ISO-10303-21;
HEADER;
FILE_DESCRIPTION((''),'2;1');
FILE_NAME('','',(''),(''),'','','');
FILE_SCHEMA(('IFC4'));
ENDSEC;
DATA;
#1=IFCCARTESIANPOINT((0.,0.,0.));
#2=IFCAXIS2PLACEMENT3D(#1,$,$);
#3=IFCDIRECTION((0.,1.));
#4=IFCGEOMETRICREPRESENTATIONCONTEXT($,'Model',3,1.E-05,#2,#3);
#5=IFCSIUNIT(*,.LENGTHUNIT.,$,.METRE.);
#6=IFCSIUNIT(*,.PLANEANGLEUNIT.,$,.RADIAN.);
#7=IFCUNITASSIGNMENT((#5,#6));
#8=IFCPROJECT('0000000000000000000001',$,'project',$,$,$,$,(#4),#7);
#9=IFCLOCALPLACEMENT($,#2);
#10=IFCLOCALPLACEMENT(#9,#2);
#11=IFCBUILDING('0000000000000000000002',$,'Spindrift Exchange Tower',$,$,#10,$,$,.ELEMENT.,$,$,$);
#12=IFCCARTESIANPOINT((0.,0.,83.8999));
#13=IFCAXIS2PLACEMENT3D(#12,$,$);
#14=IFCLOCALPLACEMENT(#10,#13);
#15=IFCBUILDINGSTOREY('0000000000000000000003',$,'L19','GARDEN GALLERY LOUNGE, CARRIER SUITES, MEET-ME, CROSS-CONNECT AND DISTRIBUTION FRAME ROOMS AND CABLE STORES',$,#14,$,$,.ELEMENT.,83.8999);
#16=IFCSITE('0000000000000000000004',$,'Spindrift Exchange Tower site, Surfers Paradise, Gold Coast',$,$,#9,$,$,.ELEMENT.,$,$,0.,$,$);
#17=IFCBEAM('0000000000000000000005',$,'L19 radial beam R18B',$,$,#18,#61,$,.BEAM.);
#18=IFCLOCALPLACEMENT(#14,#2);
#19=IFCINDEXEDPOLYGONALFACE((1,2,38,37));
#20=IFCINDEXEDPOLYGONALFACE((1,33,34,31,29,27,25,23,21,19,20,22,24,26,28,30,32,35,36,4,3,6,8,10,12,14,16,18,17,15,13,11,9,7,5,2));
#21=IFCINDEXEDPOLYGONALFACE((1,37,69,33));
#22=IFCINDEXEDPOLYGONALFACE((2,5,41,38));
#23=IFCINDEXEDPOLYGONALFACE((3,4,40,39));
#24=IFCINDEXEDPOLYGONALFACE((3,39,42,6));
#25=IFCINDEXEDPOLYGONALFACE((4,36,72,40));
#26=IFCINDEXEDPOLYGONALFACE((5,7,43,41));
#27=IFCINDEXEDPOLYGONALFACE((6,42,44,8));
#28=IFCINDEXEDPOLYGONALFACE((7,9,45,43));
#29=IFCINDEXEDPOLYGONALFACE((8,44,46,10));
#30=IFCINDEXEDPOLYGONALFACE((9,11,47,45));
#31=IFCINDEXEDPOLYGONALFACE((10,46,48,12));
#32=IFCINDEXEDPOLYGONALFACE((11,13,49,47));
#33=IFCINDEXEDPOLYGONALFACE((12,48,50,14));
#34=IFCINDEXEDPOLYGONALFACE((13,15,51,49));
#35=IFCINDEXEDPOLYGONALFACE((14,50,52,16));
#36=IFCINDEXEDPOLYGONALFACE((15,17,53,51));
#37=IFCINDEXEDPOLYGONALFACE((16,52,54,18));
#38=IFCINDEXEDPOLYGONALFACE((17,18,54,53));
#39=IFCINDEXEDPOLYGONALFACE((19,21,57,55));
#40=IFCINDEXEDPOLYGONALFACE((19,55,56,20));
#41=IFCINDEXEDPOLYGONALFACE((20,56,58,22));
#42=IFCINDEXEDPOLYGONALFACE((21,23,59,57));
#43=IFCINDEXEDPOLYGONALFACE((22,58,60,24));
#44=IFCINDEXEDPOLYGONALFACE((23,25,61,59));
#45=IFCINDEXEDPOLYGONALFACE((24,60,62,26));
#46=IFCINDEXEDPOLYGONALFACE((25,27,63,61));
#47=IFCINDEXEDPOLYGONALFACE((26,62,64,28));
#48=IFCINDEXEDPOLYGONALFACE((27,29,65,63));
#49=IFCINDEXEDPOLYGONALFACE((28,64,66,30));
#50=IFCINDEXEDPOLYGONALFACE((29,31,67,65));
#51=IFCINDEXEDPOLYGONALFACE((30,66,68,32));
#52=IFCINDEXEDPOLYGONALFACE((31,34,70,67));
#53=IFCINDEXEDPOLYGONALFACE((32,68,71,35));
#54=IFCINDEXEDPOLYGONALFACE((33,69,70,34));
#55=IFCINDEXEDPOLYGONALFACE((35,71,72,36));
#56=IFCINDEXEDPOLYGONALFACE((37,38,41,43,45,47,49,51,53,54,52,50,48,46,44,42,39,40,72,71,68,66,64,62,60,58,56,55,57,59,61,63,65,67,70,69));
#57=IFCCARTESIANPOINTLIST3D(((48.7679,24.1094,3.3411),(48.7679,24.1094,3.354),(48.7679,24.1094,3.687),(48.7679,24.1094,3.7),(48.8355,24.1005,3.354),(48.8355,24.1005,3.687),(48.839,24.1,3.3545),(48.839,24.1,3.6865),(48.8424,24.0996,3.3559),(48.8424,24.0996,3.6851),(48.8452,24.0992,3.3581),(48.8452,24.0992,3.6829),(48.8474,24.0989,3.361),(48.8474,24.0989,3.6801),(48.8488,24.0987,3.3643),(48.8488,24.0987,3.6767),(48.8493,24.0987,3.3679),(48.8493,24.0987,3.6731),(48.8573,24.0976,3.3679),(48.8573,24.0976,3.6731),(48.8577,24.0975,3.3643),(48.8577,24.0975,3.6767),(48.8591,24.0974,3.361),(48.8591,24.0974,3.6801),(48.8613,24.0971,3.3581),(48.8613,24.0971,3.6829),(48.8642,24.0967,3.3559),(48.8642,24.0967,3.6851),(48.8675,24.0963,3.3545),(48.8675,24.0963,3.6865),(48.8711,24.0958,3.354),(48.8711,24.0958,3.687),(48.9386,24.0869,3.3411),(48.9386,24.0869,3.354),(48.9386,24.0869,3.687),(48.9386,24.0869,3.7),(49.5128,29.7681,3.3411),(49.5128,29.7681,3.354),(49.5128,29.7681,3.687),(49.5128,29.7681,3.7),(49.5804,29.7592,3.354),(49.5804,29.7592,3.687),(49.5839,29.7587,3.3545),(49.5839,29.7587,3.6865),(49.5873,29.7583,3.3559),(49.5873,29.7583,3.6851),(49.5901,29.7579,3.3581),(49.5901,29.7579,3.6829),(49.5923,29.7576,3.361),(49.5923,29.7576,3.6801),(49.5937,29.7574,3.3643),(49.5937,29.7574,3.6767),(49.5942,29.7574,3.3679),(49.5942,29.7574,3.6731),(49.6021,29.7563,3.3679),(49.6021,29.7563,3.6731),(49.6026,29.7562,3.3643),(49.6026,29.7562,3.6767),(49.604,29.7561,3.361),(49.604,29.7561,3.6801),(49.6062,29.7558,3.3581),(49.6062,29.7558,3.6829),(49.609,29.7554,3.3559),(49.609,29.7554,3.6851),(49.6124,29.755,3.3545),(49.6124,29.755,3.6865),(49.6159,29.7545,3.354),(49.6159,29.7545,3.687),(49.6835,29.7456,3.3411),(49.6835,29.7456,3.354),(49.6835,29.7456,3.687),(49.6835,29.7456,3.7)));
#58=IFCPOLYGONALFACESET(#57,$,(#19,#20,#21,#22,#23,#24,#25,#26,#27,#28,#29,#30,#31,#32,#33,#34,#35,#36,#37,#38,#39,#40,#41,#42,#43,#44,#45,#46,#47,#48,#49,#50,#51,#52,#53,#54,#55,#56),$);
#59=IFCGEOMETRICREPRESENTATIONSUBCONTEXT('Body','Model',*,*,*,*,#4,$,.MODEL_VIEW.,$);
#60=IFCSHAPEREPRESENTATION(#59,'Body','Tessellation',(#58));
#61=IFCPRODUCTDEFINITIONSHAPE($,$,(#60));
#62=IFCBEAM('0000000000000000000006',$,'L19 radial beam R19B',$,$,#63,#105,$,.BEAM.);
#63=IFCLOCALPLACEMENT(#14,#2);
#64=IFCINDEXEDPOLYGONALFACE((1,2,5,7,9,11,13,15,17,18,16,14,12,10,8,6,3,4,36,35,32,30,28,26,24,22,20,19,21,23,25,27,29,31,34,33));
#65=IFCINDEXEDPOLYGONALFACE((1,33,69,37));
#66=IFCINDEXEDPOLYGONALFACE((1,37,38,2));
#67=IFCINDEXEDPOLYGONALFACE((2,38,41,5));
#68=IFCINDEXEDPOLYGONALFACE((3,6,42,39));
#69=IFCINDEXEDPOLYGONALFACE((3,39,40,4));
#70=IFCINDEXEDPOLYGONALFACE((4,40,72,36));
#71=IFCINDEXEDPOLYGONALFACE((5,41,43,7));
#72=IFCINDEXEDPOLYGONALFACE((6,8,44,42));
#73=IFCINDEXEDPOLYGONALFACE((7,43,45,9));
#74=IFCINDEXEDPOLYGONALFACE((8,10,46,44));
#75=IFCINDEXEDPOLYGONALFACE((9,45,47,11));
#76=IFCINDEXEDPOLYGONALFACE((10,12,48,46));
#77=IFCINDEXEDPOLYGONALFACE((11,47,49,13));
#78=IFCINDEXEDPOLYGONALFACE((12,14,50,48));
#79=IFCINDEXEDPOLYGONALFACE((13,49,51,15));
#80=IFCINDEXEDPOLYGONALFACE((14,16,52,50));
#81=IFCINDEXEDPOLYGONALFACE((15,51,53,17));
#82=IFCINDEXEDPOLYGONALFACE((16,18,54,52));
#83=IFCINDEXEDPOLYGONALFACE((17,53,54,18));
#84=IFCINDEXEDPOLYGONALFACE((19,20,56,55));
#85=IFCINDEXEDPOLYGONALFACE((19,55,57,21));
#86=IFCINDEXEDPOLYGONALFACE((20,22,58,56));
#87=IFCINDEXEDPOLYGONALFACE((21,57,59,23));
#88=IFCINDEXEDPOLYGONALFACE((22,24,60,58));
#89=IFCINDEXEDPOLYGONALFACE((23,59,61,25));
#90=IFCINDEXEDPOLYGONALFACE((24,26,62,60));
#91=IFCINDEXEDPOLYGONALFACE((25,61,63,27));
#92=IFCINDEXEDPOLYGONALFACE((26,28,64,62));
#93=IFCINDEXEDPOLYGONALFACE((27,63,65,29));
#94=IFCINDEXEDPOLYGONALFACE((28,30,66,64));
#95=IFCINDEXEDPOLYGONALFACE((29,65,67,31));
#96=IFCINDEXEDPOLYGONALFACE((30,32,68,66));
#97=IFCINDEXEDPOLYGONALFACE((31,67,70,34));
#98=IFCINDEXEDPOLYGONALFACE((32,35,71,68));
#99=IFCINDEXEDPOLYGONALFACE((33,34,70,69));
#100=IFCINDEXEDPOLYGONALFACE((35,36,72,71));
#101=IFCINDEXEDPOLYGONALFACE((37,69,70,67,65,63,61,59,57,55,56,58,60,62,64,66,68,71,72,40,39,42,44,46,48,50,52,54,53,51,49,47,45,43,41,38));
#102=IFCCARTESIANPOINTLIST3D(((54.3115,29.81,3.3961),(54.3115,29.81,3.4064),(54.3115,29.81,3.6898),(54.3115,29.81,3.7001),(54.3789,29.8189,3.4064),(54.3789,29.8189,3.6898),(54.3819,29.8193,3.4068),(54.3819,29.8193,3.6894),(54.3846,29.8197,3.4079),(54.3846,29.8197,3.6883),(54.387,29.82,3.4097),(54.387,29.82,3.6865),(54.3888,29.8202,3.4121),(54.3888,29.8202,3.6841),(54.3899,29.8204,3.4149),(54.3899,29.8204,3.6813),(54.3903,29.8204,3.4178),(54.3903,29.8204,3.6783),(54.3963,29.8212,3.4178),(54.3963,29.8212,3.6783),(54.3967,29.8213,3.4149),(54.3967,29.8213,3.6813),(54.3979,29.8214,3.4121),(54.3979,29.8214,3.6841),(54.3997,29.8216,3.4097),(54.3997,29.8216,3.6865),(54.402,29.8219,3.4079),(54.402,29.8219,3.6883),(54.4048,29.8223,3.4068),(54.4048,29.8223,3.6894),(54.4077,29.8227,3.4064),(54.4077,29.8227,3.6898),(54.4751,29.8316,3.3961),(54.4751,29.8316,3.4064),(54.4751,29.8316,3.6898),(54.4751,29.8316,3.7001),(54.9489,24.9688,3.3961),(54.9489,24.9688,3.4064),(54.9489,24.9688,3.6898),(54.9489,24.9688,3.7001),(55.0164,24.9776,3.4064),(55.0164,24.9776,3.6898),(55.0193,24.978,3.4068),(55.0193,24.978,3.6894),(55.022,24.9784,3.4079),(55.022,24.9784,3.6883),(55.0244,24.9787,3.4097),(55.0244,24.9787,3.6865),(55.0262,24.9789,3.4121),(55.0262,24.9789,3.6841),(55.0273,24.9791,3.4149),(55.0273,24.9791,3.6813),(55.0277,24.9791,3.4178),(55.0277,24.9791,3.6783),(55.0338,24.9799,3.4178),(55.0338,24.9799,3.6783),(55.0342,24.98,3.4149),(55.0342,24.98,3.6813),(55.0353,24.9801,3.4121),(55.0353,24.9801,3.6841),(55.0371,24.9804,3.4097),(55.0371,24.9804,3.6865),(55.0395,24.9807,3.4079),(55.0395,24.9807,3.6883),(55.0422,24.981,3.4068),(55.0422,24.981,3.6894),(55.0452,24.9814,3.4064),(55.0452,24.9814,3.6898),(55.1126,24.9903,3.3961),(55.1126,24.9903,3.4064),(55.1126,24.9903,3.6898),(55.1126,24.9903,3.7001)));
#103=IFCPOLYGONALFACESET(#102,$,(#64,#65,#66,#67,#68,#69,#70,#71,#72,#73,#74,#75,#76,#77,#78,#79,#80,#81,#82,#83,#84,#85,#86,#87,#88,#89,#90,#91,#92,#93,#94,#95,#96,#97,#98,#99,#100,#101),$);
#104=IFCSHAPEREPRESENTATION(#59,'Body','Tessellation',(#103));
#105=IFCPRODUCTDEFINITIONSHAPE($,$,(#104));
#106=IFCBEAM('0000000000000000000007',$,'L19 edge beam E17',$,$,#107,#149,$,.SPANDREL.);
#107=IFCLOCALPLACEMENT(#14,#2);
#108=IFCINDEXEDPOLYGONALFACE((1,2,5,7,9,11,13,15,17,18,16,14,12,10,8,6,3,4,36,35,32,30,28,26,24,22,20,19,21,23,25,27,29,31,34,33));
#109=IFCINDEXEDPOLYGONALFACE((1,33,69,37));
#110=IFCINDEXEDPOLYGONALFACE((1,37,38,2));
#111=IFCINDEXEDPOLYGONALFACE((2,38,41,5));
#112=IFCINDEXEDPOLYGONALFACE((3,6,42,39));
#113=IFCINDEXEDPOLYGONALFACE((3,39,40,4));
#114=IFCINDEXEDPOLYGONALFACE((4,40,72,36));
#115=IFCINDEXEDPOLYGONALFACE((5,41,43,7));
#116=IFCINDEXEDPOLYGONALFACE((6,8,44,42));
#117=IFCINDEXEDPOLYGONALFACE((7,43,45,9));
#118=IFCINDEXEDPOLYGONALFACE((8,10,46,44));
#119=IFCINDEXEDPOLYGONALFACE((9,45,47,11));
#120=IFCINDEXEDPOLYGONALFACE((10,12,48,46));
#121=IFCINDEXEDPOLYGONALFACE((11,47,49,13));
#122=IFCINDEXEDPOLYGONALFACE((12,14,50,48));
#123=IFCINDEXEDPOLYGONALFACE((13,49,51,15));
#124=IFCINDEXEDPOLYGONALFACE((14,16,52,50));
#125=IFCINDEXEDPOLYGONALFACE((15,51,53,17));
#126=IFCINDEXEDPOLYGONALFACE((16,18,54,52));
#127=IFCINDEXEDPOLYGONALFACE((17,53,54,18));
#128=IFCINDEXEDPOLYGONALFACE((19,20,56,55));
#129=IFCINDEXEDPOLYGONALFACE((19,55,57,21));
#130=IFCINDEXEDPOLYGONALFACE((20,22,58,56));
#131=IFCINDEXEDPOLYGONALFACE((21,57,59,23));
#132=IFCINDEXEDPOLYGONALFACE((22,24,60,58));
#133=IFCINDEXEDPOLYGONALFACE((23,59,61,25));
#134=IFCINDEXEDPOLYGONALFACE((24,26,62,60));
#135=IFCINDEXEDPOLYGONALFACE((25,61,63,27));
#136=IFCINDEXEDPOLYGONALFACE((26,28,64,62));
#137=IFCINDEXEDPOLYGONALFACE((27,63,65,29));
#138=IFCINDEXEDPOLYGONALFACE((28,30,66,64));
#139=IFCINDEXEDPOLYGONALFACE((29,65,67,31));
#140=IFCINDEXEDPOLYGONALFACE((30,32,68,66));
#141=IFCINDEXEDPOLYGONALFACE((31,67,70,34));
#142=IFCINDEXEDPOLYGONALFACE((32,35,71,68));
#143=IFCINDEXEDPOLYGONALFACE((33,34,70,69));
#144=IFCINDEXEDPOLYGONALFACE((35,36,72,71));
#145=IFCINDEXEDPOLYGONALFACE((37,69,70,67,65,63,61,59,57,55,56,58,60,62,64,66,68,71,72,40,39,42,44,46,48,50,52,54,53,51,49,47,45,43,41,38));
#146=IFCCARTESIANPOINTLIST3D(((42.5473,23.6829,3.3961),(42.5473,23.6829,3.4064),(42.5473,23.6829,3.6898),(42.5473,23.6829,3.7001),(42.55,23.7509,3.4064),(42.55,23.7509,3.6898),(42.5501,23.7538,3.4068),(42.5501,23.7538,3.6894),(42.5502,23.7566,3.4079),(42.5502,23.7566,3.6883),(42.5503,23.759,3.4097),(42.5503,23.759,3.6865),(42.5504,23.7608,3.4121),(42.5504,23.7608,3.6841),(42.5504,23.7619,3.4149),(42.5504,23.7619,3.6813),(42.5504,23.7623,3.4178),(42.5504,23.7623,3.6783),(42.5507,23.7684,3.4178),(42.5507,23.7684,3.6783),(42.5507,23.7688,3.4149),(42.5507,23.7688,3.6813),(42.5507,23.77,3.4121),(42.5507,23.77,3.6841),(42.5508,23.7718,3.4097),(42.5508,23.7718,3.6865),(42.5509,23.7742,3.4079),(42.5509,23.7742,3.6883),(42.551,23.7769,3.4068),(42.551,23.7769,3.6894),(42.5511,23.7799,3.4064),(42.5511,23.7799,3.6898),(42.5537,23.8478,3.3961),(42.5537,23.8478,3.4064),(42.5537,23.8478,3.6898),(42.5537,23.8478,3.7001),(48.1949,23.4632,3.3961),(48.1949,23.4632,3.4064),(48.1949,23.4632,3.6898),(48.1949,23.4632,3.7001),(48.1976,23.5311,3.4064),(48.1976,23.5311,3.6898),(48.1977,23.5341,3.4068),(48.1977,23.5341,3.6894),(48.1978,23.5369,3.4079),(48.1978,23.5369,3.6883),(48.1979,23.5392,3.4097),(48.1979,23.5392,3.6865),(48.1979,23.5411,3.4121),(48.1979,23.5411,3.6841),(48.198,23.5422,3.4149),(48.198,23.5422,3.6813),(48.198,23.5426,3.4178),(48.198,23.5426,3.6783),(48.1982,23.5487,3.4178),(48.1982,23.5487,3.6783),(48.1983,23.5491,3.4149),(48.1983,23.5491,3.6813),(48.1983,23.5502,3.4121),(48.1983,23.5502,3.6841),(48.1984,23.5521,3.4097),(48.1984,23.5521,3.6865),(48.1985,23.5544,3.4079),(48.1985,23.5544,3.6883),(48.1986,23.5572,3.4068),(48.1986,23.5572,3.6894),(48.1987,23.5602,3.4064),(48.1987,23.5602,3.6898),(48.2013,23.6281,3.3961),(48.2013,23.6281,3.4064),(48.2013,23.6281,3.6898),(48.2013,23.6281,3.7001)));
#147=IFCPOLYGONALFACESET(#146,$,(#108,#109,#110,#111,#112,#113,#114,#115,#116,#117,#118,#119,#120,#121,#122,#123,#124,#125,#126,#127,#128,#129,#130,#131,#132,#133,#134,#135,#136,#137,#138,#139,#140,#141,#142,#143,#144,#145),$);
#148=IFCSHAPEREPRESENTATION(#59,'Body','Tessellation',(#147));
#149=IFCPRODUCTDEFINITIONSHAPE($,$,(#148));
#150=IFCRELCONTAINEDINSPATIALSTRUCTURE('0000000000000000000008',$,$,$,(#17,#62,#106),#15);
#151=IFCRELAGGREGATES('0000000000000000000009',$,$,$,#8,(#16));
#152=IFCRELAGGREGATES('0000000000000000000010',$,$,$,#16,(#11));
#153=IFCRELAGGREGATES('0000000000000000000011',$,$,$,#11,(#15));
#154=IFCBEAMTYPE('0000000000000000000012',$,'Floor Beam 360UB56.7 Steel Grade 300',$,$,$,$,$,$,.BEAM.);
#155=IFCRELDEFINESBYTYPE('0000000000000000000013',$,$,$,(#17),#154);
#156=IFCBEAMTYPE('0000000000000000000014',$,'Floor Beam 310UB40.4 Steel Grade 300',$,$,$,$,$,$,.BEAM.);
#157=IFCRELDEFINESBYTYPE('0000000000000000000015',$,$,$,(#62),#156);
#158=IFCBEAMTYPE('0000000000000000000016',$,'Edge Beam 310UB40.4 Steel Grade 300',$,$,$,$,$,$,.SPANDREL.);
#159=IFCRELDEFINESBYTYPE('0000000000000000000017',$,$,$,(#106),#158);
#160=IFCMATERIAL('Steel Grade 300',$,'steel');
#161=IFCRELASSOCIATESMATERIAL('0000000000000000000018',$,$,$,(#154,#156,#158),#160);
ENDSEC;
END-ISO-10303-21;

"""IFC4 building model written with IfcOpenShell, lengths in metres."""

from ifc_helpers import new_model, si_unit, direction, frame, origin, origin_2d, place, context, subcontext, project, spatial, i_section, extrude, source, transform, mapped, material, material_profile, profile_set, type_object, element, save


model = new_model("IFC4")

# Units and contexts
model_context = context("Model", 3, precision=1e-05, world=origin(), true_north=direction((0.0, 1.0)))
body_context = subcontext(model_context, "Body", "Model", "MODEL_VIEW")
ifc_project = project(units=[si_unit("LENGTHUNIT", "METRE"), si_unit("PLANEANGLEUNIT", "RADIAN")], contexts=[model_context])

# Site, building, storey
site_placement = place(None, origin())
site = spatial("IfcSite", under=ifc_project, at=site_placement, Name="Spindrift Exchange Tower site, Surfers Paradise, Gold Coast", CompositionType="ELEMENT", RefElevation=0.0)
building_placement = place(site_placement, origin())
building = spatial("IfcBuilding", under=site, at=building_placement, Name="Spindrift Exchange Tower", CompositionType="ELEMENT")
storey_placement = place(building_placement, frame((0.0, 0.0, 83.8999)))
storey = spatial("IfcBuildingStorey", under=building, at=storey_placement, Name="L19", Description="GARDEN GALLERY LOUNGE, CARRIER SUITES, MEET-ME, CROSS-CONNECT AND DISTRIBUTION FRAME ROOMS AND CABLE STORES", CompositionType="ELEMENT", Elevation=83.8999)

# Beams
ifc_material_1 = material(Name="Steel Grade 300", Category="steel")
ifc_material_profile_1 = material_profile(ifc_material_1, i_section(OverallWidth=0.1721, OverallDepth=0.3589, WebThickness=0.0081, FlangeThickness=0.0129, FilletRadius=0.0139, at=origin_2d()), Name="360UB56.7")
ifc_profile_set_1 = profile_set([ifc_material_profile_1], Name="Steel Grade 300")
beam_type_1 = type_object("IfcBeamType", Name="Floor Beam 360UB56.7 Steel Grade 300", PredefinedType="BEAM", material=ifc_profile_set_1)
shared_shape_1 = source(origin(), body_context, "Body", "SweptSolid", [
    extrude(i_section(OverallWidth=0.1721, OverallDepth=0.3589, WebThickness=0.0081, FlangeThickness=0.0129, FilletRadius=0.0139, at=origin_2d()), origin(), (0.0, 0.0, 1.0), 5.7075),
])
beam_1_placement = place(storey_placement, frame((49.5981, 29.7568, 3.5205), z_axis=(-0.130508, -0.991447, 0.0), x_axis=(0.991447, -0.130508, 0.0)))
element("IfcBeam", 1, at=beam_1_placement, inside=storey, type_object=beam_type_1, Name="L19 radial beam R18B", PredefinedType="BEAM", context=body_context, shape_type="MappedRepresentation", body=[
    mapped(shared_shape_1, transform((0.0, 0.0, 0.0), scale=1.0)),
])
ifc_material_profile_2 = material_profile(ifc_material_1, i_section(OverallWidth=0.165, OverallDepth=0.304, WebThickness=0.0061, FlangeThickness=0.0103, FilletRadius=0.0115, at=origin_2d()), Name="310UB40.4")
ifc_profile_set_2 = profile_set([ifc_material_profile_2], Name="Steel Grade 300")
beam_type_2 = type_object("IfcBeamType", Name="Floor Beam 310UB40.4 Steel Grade 300", PredefinedType="BEAM", material=ifc_profile_set_2)
shared_shape_2 = source(origin(), body_context, "Body", "SweptSolid", [
    extrude(i_section(OverallWidth=0.165, OverallDepth=0.304, WebThickness=0.0061, FlangeThickness=0.0103, FilletRadius=0.0115, at=origin_2d()), origin(), (0.0, 0.0, 1.0), 4.8831),
])
beam_2_placement = place(storey_placement, frame((54.3933, 29.8208, 3.5481), z_axis=(0.130542, -0.991443, 0.0), x_axis=(0.991443, 0.130542, 0.0)))
element("IfcBeam", 2, at=beam_2_placement, inside=storey, type_object=beam_type_2, Name="L19 radial beam R19B", PredefinedType="BEAM", context=body_context, shape_type="MappedRepresentation", body=[
    mapped(shared_shape_2, transform((0.0, 0.0, 0.0), scale=1.0)),
])
ifc_material_profile_3 = material_profile(ifc_material_1, i_section(OverallWidth=0.165, OverallDepth=0.304, WebThickness=0.0061, FlangeThickness=0.0103, FilletRadius=0.0115, at=origin_2d()), Name="310UB40.4")
ifc_profile_set_3 = profile_set([ifc_material_profile_3], Name="Steel Grade 300")
beam_type_3 = type_object("IfcBeamType", Name="Edge Beam 310UB40.4 Steel Grade 300", PredefinedType="SPANDREL", material=ifc_profile_set_3)
shared_shape_3 = source(origin(), body_context, "Body", "SweptSolid", [
    extrude(i_section(OverallWidth=0.165, OverallDepth=0.304, WebThickness=0.0061, FlangeThickness=0.0103, FilletRadius=0.0115, at=origin_2d()), origin(), (0.0, 0.0, 1.0), 5.6519),
])
beam_3_placement = place(storey_placement, frame((42.5505, 23.7654, 3.5481), z_axis=(0.999244, -0.038878, 0.0), x_axis=(0.038878, 0.999244, 0.0)))
element("IfcBeam", 3, at=beam_3_placement, inside=storey, type_object=beam_type_3, Name="L19 edge beam E17", PredefinedType="SPANDREL", context=body_context, shape_type="MappedRepresentation", body=[
    mapped(shared_shape_3, transform((0.0, 0.0, 0.0), scale=1.0)),
])

save(model, "model.ifc")
